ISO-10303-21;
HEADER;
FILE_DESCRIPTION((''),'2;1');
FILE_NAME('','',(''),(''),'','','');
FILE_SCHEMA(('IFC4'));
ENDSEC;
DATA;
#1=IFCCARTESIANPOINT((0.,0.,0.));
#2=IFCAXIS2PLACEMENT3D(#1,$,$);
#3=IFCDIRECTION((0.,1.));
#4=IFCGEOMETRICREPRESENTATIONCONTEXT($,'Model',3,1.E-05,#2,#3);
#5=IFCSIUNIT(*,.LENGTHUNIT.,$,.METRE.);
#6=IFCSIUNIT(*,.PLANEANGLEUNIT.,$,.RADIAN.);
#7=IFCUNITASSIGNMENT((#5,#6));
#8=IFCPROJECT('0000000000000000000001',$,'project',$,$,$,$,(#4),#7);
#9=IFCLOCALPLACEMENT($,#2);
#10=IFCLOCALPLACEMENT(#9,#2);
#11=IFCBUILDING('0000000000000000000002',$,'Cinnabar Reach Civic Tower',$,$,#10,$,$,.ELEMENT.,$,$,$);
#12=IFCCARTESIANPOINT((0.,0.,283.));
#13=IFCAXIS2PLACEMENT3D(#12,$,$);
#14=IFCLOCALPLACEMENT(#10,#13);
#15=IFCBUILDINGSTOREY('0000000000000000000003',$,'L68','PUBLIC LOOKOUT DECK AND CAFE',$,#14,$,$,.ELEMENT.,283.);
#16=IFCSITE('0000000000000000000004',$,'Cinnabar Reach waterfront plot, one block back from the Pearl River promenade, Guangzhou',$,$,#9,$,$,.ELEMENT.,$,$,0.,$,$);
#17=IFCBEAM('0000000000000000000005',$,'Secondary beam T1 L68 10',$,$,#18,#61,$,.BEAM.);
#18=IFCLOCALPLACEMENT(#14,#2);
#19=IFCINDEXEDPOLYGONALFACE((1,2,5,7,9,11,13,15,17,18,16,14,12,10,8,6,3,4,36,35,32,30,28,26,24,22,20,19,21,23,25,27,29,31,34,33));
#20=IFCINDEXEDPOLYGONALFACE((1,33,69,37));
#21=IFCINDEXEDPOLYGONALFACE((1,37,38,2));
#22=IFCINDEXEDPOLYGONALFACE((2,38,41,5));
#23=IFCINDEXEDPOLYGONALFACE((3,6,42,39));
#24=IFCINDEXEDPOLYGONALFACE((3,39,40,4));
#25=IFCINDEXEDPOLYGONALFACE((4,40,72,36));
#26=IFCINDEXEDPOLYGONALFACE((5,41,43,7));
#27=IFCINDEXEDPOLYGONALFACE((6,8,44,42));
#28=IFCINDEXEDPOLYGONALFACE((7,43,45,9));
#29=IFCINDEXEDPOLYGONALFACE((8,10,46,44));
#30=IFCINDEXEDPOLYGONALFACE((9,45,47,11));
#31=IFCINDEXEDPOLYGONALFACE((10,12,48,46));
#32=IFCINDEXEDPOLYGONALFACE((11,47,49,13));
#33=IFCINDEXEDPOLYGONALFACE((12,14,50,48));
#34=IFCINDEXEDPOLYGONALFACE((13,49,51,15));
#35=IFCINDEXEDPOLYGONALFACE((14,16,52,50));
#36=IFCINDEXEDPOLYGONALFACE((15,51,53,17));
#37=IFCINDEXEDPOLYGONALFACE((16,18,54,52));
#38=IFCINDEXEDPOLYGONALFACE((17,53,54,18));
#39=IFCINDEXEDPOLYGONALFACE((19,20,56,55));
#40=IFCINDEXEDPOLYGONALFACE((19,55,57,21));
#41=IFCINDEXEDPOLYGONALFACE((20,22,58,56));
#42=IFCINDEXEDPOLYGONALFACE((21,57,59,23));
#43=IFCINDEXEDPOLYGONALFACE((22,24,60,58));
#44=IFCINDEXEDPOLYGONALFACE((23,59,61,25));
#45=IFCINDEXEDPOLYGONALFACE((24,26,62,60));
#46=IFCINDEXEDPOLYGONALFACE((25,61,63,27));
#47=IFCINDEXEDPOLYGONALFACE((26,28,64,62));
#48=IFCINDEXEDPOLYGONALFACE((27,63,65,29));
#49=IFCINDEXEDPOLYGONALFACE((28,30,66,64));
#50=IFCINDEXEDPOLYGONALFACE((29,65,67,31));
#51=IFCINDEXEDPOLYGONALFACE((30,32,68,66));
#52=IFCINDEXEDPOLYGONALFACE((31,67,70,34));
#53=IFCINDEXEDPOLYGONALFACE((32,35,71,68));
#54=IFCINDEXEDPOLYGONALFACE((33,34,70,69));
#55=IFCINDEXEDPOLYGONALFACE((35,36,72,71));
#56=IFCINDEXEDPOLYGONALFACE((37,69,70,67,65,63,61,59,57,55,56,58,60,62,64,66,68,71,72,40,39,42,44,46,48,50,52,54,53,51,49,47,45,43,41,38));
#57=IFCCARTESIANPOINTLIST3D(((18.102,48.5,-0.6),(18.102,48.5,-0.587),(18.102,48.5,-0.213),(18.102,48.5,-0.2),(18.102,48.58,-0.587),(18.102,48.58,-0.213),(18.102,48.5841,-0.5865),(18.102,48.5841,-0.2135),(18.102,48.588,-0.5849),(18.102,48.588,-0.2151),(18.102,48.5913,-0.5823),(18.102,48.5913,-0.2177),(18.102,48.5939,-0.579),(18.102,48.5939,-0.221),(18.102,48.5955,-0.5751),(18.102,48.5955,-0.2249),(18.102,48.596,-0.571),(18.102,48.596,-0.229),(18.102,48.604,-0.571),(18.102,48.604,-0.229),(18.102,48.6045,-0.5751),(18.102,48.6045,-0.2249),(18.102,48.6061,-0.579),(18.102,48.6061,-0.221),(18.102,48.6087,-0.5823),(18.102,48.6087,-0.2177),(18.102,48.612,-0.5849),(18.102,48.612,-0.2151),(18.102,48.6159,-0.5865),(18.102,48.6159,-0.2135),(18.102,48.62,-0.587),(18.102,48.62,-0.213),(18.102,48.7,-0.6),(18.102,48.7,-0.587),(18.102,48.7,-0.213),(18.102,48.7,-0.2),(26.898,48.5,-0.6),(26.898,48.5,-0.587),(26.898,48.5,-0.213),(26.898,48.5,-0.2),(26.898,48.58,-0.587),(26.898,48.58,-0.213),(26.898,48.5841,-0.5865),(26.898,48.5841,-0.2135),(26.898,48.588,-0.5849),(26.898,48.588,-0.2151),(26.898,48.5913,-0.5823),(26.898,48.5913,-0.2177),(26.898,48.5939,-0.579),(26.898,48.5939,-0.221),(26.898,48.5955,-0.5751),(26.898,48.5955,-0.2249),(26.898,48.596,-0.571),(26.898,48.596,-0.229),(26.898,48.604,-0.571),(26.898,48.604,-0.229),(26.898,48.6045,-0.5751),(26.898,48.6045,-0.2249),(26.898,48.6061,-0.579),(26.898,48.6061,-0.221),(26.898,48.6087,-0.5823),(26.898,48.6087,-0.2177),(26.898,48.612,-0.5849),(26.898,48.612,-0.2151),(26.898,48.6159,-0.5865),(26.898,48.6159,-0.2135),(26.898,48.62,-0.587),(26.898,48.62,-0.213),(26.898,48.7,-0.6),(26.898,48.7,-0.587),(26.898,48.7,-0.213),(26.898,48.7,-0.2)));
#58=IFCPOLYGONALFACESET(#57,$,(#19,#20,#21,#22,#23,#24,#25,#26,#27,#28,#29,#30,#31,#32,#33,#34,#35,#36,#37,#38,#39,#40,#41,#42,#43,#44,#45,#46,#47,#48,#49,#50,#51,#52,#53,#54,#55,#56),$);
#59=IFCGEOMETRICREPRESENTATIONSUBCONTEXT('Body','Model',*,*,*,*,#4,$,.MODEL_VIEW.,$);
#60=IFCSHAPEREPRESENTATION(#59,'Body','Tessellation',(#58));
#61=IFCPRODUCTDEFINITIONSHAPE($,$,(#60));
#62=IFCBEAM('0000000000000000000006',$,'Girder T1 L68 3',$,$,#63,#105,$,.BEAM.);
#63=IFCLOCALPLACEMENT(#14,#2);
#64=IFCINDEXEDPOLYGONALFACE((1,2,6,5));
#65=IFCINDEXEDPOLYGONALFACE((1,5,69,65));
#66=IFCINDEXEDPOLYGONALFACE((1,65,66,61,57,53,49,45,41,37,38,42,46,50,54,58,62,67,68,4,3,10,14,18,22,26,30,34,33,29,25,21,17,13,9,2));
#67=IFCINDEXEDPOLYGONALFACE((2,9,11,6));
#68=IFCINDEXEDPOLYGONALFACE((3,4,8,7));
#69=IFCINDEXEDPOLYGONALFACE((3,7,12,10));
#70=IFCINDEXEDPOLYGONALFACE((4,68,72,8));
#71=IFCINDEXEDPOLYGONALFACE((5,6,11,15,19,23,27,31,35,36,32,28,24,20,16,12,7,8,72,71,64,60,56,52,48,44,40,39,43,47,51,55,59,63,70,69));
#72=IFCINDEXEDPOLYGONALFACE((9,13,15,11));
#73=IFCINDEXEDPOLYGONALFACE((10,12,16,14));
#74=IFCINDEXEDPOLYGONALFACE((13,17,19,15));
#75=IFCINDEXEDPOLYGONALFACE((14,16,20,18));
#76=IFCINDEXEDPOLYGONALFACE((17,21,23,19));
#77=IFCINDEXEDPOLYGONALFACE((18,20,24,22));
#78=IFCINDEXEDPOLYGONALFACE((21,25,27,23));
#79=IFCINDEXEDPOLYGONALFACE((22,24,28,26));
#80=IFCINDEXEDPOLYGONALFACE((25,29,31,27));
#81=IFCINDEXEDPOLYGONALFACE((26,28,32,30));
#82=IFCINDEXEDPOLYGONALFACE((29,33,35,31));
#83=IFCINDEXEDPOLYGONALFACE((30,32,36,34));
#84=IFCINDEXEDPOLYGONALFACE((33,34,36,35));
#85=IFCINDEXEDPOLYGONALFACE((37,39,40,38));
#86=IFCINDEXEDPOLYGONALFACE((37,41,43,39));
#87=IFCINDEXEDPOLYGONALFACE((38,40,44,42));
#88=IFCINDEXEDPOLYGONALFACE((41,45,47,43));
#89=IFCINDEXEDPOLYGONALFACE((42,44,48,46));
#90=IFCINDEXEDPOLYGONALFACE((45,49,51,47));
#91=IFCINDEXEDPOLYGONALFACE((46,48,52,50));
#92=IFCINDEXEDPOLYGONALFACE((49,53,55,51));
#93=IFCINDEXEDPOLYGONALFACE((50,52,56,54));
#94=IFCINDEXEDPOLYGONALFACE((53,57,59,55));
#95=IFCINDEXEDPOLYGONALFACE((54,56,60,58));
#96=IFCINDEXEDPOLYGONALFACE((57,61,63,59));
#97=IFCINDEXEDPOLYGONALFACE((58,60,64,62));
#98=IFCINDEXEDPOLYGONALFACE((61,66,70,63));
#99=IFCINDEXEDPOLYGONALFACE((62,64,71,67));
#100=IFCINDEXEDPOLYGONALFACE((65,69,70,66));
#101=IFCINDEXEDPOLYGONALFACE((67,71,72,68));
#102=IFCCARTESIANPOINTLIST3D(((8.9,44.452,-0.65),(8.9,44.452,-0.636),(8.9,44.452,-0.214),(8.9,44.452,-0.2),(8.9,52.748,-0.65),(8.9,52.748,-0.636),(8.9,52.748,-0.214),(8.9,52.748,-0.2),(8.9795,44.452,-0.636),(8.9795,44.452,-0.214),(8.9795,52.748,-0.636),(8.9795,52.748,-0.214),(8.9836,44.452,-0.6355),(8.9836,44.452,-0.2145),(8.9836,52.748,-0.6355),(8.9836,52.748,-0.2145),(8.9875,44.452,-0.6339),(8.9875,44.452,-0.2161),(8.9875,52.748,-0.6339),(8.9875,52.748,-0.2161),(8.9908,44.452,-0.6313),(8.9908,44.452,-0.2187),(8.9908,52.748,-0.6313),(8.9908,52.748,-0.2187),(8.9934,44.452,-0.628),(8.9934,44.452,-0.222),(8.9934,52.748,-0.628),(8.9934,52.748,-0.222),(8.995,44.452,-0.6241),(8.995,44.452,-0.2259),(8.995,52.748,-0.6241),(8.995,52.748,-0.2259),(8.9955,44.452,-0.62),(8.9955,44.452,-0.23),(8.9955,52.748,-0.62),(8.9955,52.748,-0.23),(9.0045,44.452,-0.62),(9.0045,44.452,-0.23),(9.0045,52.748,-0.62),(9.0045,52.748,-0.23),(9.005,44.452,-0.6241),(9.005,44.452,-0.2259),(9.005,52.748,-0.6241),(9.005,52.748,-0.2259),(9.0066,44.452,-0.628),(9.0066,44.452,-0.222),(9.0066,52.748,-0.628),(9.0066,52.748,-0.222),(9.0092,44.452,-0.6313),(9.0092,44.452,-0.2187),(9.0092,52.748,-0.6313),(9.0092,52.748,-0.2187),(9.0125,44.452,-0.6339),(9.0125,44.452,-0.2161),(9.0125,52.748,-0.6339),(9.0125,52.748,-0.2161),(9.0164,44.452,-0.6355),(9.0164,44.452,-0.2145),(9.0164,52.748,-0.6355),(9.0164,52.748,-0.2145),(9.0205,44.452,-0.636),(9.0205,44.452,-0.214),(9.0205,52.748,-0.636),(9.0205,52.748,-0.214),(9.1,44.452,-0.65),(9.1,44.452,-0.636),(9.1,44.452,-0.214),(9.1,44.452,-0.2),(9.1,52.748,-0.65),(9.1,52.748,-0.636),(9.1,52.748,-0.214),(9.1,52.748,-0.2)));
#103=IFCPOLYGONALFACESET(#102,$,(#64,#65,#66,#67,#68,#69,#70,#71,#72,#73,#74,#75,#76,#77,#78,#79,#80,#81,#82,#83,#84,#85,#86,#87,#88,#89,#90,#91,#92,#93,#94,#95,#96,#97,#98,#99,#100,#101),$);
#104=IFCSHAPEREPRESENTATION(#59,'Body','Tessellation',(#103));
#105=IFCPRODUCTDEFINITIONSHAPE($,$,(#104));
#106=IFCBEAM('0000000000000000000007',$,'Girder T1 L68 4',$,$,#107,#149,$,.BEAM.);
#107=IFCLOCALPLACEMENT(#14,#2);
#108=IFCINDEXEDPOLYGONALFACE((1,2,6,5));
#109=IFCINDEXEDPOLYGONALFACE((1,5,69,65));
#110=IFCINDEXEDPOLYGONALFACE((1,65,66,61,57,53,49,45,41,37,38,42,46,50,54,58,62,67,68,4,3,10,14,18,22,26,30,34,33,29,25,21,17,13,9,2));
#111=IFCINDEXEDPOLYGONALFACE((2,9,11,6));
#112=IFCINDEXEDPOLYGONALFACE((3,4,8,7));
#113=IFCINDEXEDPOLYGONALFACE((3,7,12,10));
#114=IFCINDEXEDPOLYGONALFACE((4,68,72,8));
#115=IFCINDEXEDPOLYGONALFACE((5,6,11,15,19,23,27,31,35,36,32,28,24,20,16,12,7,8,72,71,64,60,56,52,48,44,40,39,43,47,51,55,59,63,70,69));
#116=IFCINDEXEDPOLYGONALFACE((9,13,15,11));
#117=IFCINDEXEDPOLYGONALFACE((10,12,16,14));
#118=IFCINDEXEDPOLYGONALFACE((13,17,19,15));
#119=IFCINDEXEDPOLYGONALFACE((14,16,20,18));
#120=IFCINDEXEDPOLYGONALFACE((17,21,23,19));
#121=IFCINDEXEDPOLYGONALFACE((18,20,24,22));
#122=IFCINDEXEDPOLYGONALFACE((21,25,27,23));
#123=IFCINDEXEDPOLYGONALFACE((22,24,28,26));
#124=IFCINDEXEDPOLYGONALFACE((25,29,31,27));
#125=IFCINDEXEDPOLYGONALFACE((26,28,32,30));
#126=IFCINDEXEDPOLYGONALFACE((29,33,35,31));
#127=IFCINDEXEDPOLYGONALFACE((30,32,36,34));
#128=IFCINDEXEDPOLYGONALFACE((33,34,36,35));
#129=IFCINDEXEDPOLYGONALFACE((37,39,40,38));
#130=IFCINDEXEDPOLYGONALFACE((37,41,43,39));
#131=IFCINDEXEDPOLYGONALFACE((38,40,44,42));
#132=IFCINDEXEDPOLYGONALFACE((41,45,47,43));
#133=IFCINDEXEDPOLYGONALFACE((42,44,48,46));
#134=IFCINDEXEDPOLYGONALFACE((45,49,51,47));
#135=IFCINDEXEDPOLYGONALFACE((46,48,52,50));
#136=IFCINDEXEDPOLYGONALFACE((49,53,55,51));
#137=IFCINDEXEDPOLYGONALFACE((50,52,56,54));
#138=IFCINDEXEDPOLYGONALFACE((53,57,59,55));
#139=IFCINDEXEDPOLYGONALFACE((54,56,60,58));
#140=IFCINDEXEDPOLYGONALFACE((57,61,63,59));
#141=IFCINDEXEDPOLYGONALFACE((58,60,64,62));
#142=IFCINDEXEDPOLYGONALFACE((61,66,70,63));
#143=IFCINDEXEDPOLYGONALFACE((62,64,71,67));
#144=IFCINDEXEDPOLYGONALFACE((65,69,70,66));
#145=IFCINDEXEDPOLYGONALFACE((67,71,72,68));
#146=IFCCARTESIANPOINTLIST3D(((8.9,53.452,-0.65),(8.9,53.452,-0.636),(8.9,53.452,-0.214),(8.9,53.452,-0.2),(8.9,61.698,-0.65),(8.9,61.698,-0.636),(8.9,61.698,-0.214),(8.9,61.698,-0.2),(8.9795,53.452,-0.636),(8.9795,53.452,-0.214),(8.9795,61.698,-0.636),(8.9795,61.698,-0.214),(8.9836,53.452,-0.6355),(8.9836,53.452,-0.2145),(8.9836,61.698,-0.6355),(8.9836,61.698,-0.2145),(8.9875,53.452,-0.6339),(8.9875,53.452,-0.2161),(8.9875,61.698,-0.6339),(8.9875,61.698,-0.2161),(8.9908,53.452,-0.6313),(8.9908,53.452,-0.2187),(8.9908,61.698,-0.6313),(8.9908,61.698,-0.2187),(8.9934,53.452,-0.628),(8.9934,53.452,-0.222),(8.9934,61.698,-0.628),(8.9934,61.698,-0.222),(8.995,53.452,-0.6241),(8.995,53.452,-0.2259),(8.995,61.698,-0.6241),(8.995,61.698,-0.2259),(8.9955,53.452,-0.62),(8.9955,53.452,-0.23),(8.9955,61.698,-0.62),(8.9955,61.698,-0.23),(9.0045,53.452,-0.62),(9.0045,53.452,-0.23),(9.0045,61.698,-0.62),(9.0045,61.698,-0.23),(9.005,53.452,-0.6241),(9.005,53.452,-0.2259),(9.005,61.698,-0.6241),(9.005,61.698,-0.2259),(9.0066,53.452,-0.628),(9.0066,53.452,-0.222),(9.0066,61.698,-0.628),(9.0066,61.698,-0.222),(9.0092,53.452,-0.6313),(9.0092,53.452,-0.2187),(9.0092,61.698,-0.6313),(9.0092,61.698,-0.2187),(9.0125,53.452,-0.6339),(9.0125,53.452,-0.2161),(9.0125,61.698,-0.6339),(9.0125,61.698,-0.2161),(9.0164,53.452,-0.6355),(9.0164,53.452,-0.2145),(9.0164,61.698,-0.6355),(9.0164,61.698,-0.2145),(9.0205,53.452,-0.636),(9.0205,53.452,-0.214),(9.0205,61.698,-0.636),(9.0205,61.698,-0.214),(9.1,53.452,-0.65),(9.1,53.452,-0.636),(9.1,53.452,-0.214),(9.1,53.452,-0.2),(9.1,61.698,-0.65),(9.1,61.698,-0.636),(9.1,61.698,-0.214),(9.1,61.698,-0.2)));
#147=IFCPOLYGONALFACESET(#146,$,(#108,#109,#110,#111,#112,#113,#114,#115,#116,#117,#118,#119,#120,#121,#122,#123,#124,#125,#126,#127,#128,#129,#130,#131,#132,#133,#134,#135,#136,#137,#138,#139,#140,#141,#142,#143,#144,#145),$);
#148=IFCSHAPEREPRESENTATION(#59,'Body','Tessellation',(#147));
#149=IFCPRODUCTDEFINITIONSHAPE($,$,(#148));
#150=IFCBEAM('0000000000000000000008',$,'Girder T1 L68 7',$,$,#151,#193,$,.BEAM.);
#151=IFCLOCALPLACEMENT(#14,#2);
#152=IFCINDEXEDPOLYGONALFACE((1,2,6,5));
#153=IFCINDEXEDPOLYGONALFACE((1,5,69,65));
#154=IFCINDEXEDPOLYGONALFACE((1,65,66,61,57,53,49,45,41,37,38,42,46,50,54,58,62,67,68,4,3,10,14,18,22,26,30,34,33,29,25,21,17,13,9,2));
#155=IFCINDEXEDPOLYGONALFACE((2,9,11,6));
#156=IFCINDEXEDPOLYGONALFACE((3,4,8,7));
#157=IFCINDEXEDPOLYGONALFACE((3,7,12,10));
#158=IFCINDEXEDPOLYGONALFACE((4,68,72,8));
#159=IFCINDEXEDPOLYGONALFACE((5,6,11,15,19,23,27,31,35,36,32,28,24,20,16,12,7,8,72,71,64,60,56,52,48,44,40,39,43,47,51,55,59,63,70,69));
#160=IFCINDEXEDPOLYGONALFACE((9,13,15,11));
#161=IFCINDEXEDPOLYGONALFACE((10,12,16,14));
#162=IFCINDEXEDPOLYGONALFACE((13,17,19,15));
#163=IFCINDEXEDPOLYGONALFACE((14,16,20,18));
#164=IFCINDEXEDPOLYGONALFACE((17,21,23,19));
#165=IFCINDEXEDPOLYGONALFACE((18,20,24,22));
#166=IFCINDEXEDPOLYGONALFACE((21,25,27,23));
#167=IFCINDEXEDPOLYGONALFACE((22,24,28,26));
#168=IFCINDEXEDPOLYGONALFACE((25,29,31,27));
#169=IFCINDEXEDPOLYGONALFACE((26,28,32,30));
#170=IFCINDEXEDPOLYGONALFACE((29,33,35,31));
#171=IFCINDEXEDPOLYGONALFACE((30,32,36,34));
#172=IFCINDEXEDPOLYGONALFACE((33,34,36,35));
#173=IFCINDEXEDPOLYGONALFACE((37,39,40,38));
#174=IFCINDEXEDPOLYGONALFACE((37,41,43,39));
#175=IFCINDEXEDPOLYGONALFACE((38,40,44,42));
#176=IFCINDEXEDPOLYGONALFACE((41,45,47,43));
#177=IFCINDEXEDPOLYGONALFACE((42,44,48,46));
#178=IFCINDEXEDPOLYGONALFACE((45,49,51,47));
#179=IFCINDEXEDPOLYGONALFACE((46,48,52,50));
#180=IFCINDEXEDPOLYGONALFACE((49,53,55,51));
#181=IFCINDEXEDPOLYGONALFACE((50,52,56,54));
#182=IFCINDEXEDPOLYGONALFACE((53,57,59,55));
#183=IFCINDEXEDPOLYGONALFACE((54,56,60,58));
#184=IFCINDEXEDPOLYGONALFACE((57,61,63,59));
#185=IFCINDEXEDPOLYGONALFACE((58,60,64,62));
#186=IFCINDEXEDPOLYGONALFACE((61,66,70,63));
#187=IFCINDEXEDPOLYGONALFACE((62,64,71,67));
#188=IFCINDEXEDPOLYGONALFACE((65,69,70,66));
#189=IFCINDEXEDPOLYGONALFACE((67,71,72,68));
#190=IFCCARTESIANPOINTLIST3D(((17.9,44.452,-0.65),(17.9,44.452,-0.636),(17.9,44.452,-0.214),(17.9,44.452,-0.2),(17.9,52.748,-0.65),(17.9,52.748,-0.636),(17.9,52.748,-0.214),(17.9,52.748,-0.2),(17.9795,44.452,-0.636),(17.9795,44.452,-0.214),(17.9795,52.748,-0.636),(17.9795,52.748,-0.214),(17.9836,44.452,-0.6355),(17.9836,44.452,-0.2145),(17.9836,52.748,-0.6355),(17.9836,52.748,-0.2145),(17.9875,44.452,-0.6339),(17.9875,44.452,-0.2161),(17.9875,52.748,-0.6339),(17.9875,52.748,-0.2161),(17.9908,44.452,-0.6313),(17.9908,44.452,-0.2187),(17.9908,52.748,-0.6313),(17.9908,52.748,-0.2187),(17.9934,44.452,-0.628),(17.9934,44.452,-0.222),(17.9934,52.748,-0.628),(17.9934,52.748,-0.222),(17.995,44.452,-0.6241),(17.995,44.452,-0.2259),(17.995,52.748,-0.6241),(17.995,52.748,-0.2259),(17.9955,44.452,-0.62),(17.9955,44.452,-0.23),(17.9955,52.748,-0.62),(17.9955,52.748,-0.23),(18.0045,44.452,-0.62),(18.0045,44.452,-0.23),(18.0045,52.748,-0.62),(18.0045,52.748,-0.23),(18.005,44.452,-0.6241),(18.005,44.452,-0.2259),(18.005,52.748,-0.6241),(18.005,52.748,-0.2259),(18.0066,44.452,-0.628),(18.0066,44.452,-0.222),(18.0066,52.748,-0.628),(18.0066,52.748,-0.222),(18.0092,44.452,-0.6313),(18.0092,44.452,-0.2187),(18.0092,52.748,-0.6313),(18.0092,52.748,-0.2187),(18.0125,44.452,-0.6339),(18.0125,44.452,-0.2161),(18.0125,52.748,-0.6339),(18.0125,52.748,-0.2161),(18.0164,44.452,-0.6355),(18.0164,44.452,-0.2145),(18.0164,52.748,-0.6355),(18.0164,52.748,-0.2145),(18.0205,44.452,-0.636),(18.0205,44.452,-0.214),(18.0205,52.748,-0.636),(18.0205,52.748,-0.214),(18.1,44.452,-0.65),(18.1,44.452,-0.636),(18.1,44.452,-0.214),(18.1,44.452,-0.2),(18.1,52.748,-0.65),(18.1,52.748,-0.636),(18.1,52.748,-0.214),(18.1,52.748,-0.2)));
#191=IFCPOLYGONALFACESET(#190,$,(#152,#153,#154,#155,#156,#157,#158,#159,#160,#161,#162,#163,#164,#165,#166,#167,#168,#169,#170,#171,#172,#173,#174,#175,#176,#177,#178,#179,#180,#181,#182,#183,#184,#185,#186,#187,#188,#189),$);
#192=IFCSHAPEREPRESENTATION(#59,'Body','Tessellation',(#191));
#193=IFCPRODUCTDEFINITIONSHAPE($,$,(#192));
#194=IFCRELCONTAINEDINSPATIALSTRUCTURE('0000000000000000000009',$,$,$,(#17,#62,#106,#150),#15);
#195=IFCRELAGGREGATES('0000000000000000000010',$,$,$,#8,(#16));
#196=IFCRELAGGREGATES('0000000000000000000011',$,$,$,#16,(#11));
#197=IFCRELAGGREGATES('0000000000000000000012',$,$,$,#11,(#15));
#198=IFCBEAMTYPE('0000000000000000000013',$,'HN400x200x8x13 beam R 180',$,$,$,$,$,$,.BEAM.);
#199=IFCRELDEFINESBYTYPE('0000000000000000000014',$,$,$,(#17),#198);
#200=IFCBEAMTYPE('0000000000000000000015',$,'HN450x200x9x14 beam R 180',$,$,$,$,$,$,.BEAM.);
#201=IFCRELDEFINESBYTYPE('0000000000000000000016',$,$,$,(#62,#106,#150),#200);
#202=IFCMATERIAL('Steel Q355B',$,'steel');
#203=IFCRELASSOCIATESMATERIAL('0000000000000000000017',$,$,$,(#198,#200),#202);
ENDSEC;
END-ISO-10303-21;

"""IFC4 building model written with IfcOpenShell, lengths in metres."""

from ifc_helpers import new_model, si_unit, direction, frame, origin, origin_2d, place, context, subcontext, project, spatial, i_section, extrude, material, material_profile, profile_set, type_object, element, save


model = new_model("IFC4")

# Units and contexts
model_context = context("Model", 3, precision=1e-05, world=origin(), true_north=direction((0.0, 1.0)))
body_context = subcontext(model_context, "Body", "Model", "MODEL_VIEW")
ifc_project = project(units=[si_unit("LENGTHUNIT", "METRE"), si_unit("PLANEANGLEUNIT", "RADIAN")], contexts=[model_context])

# Site, building, storey
site_placement = place(None, origin())
site = spatial("IfcSite", under=ifc_project, at=site_placement, Name="Cinnabar Reach waterfront plot, one block back from the Pearl River promenade, Guangzhou", CompositionType="ELEMENT", RefElevation=0.0)
building_placement = place(site_placement, origin())
building = spatial("IfcBuilding", under=site, at=building_placement, Name="Cinnabar Reach Civic Tower", CompositionType="ELEMENT")
storey_placement = place(building_placement, frame((0.0, 0.0, 283.0)))
storey = spatial("IfcBuildingStorey", under=building, at=storey_placement, Name="L68", Description="PUBLIC LOOKOUT DECK AND CAFE", CompositionType="ELEMENT", Elevation=283.0)

# Beams
ifc_material_1 = material(Name="Steel Q355B", Category="steel")
ifc_material_profile_1 = material_profile(ifc_material_1, i_section(OverallWidth=0.2, OverallDepth=0.4, WebThickness=0.008, FlangeThickness=0.013, FilletRadius=0.016, at=origin_2d()), Name="HN400x200x8x13")
ifc_profile_set_1 = profile_set([ifc_material_profile_1], Name="Steel Q355B")
beam_type_1 = type_object("IfcBeamType", Name="HN400x200x8x13 beam R 180", PredefinedType="BEAM", material=ifc_profile_set_1)
for number, where, z_axis, x_axis, name in (
    (1, (18.102, 48.6, -0.4), (1.0, 0.0, 0.0), (0.0, 1.0, 0.0), "Secondary beam T1 L68 10"),
):
    element("IfcBeam", number, at=place(storey_placement, frame(where, z_axis=z_axis, x_axis=x_axis)), inside=storey, type_object=beam_type_1, Name=name, PredefinedType="BEAM", context=body_context, shape_type="SweptSolid", body=[
        extrude(i_section(OverallWidth=0.2, OverallDepth=0.4, WebThickness=0.008, FlangeThickness=0.013, FilletRadius=0.016, at=origin_2d()), origin(), (0.0, 0.0, 1.0), 8.796),
    ])
ifc_material_profile_2 = material_profile(ifc_material_1, i_section(OverallWidth=0.2, OverallDepth=0.45, WebThickness=0.009, FlangeThickness=0.014, FilletRadius=0.016, at=origin_2d()), Name="HN450x200x9x14")
ifc_profile_set_2 = profile_set([ifc_material_profile_2], Name="Steel Q355B")
beam_type_2 = type_object("IfcBeamType", Name="HN450x200x9x14 beam R 180", PredefinedType="BEAM", material=ifc_profile_set_2)
beam_1_placement = place(storey_placement, frame((9.0, 44.452, -0.425), z_axis=(0.0, 1.0, 0.0), x_axis=(-1.0, 0.0, 0.0)))
element("IfcBeam", 2, at=beam_1_placement, inside=storey, type_object=beam_type_2, Name="Girder T1 L68 3", PredefinedType="BEAM", context=body_context, shape_type="SweptSolid", body=[
    extrude(i_section(OverallWidth=0.2, OverallDepth=0.45, WebThickness=0.009, FlangeThickness=0.014, FilletRadius=0.016, at=origin_2d()), origin(), (0.0, 0.0, 1.0), 8.296),
])
beam_2_placement = place(storey_placement, frame((9.0, 53.452, -0.425), z_axis=(0.0, 1.0, 0.0), x_axis=(-1.0, 0.0, 0.0)))
element("IfcBeam", 3, at=beam_2_placement, inside=storey, type_object=beam_type_2, Name="Girder T1 L68 4", PredefinedType="BEAM", context=body_context, shape_type="SweptSolid", body=[
    extrude(i_section(OverallWidth=0.2, OverallDepth=0.45, WebThickness=0.009, FlangeThickness=0.014, FilletRadius=0.016, at=origin_2d()), origin(), (0.0, 0.0, 1.0), 8.246),
])
beam_3_placement = place(storey_placement, frame((18.0, 44.452, -0.425), z_axis=(0.0, 1.0, 0.0), x_axis=(-1.0, 0.0, 0.0)))
element("IfcBeam", 4, at=beam_3_placement, inside=storey, type_object=beam_type_2, Name="Girder T1 L68 7", PredefinedType="BEAM", context=body_context, shape_type="SweptSolid", body=[
    extrude(i_section(OverallWidth=0.2, OverallDepth=0.45, WebThickness=0.009, FlangeThickness=0.014, FilletRadius=0.016, at=origin_2d()), origin(), (0.0, 0.0, 1.0), 8.296),
])

save(model, "model.ifc")
